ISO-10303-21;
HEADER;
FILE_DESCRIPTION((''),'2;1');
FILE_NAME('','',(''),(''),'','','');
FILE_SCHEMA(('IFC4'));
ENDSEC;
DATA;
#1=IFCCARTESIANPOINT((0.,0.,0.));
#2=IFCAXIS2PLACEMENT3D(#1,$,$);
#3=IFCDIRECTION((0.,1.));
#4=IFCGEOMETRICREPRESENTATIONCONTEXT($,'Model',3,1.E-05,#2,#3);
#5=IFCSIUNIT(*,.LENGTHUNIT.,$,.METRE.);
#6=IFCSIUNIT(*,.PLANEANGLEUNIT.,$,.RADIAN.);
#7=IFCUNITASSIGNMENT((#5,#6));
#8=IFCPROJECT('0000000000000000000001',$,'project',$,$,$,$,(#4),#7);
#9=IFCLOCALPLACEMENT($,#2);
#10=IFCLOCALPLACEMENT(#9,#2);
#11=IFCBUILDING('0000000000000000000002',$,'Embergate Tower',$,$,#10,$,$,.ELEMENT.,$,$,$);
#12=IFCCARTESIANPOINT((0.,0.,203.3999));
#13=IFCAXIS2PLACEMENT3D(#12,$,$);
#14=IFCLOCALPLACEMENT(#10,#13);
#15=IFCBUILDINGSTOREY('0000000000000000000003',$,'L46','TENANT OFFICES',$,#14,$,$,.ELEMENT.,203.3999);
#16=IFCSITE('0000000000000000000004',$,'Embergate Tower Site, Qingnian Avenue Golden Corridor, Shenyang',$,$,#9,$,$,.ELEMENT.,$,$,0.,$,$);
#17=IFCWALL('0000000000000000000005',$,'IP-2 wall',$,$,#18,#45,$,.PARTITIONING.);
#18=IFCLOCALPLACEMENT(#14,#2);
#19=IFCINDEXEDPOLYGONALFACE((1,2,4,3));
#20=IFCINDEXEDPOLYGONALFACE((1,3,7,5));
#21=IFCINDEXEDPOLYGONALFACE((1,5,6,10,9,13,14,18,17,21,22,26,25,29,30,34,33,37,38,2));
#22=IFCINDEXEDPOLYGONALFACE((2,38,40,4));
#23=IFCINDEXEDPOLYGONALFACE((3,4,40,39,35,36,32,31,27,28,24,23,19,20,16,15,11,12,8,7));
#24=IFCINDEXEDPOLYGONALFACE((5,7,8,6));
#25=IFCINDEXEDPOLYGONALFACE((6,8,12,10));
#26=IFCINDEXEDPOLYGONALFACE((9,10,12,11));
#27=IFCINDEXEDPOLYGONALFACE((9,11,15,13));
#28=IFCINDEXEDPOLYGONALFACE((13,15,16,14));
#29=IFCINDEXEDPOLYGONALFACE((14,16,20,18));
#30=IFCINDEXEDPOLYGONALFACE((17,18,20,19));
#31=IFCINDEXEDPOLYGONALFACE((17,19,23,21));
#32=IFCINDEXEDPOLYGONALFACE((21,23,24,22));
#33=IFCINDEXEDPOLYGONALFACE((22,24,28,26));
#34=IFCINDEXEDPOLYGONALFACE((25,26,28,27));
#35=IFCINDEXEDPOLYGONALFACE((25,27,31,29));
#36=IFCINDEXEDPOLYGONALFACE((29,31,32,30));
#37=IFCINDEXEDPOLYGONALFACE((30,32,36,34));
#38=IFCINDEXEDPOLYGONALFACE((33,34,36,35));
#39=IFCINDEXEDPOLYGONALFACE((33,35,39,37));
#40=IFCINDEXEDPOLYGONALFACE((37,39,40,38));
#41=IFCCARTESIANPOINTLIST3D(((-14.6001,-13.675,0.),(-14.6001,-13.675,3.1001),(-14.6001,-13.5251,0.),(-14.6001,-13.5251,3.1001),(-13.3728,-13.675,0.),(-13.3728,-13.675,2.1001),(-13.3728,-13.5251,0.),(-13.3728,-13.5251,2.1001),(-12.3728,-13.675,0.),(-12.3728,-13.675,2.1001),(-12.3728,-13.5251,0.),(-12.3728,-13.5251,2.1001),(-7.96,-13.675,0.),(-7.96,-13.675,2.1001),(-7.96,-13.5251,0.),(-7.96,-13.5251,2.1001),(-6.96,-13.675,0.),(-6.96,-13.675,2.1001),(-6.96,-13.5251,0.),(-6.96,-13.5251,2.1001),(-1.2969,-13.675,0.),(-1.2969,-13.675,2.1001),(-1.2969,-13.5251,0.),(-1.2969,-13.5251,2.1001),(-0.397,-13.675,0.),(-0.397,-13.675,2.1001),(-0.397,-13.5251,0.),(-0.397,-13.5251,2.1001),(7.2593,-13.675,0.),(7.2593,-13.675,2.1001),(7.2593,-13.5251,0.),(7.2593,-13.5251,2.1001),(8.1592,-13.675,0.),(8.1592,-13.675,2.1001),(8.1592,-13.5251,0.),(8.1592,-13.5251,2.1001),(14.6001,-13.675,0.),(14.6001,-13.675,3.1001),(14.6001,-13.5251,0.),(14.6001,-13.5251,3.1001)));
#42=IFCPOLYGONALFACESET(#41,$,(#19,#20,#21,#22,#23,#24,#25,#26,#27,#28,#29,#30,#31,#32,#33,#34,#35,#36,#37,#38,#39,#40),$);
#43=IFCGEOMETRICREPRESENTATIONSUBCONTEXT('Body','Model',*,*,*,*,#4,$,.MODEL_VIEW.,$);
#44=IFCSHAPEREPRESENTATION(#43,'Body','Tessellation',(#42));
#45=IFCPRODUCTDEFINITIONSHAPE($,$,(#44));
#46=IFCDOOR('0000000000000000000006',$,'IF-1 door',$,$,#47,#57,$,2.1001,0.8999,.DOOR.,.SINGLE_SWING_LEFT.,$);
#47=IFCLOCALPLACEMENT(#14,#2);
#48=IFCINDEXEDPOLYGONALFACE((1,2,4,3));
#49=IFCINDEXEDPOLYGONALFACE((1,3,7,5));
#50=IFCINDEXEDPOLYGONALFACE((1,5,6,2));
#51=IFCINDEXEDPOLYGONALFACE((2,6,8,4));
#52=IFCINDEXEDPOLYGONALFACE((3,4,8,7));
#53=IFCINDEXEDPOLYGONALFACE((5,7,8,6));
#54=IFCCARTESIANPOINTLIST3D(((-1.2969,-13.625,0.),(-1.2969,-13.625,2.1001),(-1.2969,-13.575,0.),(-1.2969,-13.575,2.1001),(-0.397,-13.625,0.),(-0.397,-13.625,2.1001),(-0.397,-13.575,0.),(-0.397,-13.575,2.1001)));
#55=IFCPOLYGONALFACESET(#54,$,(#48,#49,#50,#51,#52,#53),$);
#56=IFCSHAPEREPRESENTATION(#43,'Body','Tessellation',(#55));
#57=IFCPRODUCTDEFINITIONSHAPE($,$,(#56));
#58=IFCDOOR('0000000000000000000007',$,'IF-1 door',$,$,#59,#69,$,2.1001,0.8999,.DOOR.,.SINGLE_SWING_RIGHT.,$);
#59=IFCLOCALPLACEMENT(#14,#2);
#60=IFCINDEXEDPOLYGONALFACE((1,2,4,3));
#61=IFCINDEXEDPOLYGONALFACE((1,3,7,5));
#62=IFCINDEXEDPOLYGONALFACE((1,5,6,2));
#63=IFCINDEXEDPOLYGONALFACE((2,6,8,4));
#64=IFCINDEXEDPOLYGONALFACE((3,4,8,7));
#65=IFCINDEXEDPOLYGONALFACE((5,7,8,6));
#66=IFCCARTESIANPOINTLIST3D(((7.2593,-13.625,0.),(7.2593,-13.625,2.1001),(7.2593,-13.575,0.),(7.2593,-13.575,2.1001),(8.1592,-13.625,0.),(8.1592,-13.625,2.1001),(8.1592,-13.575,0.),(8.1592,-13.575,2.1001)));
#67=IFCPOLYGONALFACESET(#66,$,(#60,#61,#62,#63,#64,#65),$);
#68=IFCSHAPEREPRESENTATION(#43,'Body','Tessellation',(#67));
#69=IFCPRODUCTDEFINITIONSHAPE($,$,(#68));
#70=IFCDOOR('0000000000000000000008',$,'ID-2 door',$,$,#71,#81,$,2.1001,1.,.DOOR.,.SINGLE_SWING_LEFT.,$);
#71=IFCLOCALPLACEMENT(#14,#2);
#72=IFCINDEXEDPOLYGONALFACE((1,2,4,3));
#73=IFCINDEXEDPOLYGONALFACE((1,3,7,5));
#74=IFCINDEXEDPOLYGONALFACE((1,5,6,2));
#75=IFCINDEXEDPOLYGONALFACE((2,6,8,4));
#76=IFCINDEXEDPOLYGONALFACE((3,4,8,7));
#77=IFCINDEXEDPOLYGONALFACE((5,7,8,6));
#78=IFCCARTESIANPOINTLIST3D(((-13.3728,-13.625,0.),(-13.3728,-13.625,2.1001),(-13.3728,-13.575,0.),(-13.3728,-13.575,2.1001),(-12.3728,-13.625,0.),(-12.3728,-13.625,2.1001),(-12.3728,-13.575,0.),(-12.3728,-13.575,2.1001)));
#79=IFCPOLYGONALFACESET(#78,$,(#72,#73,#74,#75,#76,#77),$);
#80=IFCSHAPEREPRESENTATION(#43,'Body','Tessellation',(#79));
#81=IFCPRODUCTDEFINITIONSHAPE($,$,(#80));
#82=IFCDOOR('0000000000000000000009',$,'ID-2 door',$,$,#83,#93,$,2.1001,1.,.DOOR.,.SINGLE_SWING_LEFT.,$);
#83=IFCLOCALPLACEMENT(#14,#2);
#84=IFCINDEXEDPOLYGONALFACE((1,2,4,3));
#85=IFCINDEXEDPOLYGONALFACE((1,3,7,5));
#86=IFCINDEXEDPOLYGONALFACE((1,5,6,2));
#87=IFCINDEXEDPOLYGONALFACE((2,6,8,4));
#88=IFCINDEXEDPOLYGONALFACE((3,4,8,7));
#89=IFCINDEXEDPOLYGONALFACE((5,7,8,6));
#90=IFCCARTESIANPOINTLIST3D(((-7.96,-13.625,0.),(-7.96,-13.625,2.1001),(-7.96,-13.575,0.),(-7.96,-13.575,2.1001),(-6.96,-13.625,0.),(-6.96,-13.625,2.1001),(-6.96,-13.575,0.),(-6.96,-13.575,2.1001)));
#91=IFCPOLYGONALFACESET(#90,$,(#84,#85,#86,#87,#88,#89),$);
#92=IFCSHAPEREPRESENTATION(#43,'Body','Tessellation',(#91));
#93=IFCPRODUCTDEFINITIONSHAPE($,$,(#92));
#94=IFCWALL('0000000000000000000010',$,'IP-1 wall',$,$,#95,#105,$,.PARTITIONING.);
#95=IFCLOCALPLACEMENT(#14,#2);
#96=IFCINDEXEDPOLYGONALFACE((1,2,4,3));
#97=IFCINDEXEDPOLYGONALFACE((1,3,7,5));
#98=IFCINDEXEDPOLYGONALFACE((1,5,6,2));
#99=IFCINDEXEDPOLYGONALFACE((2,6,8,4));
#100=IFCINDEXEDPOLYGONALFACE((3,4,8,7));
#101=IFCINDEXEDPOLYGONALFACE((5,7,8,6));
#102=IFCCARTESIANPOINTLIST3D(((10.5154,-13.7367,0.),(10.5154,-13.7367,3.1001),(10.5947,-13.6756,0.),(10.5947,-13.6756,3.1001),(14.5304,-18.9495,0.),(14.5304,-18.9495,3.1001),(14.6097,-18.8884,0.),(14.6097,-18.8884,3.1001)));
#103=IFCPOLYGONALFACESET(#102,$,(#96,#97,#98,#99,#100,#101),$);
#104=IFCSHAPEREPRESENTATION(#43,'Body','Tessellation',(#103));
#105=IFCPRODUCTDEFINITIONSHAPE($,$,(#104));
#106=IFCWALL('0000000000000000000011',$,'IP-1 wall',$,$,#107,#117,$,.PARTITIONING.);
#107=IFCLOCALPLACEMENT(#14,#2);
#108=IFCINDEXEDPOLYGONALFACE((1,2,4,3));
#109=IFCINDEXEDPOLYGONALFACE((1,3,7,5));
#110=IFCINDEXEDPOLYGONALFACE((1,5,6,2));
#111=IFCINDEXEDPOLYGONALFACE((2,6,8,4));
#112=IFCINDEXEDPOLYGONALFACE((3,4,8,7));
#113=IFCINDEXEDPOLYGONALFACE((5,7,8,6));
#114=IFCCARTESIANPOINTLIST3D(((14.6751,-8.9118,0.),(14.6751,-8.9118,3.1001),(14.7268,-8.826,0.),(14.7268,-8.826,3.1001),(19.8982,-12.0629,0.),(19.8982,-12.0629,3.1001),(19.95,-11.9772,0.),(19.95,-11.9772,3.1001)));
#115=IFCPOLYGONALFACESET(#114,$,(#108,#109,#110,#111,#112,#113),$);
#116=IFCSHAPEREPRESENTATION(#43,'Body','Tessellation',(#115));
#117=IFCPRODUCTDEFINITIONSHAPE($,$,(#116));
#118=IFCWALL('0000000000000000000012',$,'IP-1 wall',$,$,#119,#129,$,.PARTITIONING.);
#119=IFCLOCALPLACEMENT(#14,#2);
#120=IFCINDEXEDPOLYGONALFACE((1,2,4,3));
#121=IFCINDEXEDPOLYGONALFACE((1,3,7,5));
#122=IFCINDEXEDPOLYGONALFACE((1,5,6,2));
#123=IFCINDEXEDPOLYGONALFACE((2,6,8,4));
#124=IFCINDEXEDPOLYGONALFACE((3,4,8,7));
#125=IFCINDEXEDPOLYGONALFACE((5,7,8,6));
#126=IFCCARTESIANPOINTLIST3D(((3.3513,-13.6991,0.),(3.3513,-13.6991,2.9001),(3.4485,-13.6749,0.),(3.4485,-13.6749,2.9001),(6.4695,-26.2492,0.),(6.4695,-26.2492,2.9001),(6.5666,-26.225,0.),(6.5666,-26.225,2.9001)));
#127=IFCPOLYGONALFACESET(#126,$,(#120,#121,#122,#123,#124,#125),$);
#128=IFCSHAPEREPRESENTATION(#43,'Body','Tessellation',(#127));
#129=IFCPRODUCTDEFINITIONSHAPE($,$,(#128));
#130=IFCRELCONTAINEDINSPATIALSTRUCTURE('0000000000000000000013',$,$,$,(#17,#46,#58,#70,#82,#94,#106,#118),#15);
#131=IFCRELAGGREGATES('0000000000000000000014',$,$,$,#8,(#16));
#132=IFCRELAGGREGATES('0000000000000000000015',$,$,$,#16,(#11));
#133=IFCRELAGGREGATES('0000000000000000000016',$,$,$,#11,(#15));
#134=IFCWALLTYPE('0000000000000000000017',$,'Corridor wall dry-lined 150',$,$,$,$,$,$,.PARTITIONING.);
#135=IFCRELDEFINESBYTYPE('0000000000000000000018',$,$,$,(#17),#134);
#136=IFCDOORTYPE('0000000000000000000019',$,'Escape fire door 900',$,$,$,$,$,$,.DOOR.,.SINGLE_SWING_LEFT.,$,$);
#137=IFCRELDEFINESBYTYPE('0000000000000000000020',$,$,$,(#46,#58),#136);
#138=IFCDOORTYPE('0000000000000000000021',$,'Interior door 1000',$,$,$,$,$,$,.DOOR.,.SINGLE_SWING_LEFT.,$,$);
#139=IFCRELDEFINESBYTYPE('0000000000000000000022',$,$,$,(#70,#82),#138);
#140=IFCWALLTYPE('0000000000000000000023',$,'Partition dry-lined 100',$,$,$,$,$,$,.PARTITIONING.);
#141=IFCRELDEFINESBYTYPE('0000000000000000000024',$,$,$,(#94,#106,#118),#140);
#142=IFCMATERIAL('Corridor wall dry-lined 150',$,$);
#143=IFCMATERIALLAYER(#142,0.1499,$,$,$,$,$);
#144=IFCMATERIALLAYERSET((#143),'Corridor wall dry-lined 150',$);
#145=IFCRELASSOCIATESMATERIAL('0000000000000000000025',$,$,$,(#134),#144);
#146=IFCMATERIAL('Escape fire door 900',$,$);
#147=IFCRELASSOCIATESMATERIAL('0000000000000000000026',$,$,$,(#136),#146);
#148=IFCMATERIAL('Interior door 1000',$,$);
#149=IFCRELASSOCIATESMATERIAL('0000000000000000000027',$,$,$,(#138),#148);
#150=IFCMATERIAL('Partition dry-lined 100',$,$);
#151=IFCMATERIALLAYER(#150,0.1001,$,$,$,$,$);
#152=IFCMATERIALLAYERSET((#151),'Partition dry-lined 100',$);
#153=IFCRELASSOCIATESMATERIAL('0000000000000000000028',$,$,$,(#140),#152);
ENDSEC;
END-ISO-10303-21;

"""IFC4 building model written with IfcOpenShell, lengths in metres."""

from ifc_helpers import new_model, si_unit, direction, frame, frame_2d, origin, place, context, subcontext, project, spatial, rectangle, extrude, source, transform, mapped, material, layer, layer_set, type_object, element, fill, save


model = new_model("IFC4")

# Units and contexts
model_context = context("Model", 3, precision=1e-05, world=origin(), true_north=direction((0.0, 1.0)))
body_context = subcontext(model_context, "Body", "Model", "MODEL_VIEW")
ifc_project = project(units=[si_unit("LENGTHUNIT", "METRE"), si_unit("PLANEANGLEUNIT", "RADIAN")], contexts=[model_context])

# Site, building, storey
site_placement = place(None, origin())
site = spatial("IfcSite", under=ifc_project, at=site_placement, Name="Embergate Tower Site, Qingnian Avenue Golden Corridor, Shenyang", CompositionType="ELEMENT", RefElevation=0.0)
building_placement = place(site_placement, origin())
building = spatial("IfcBuilding", under=site, at=building_placement, Name="Embergate Tower", CompositionType="ELEMENT")
storey_placement = place(building_placement, frame((0.0, 0.0, 203.3999)))
storey = spatial("IfcBuildingStorey", under=building, at=storey_placement, Name="L46", Description="TENANT OFFICES", CompositionType="ELEMENT", Elevation=203.3999)

# Shared definitions
shared_shape_1 = source(origin(), body_context, "Body", "SweptSolid", [
    extrude(rectangle(XDim=1.0, YDim=2.1001, at=frame_2d((0.5, 1.05))), frame((0.0, 0.0249, 0.0), z_axis=(0.0, -1.0, 0.0), x_axis=(1.0, 0.0, 0.0)), (0.0, 0.0, 1.0), 0.05),
])

# Wall, openings, doors
ifc_material_1 = material(Name="Corridor wall dry-lined 150")
ifc_layer_1 = layer(ifc_material_1, 0.1499)
ifc_layer_set_1 = layer_set([ifc_layer_1], Name="Corridor wall dry-lined 150")
wall_type_1 = type_object("IfcWallType", Name="Corridor wall dry-lined 150", PredefinedType="PARTITIONING", material=ifc_layer_set_1)
shared_shape_2 = source(origin(), body_context, "Body", "SweptSolid", [
    extrude(rectangle(XDim=29.2002, YDim=0.1499, at=frame_2d((14.6001, 0.0))), origin(), (0.0, 0.0, 1.0), 3.1001),
])
wall_1_placement = place(storey_placement, frame((14.6001, -13.6001, 0.0), z_axis=(0.0, 0.0, 1.0), x_axis=(-1.0, 0.0, 0.0)))
wall_1 = element("IfcWall", 1, at=wall_1_placement, inside=storey, type_object=wall_type_1, Name="IP-2 wall", PredefinedType="PARTITIONING", context=body_context, shape_type="MappedRepresentation", body=[
    mapped(shared_shape_2, transform((0.0, 0.0, 0.0))),
])
shared_shape_3 = source(origin(), body_context, "Body", "SweptSolid", [
    extrude(rectangle(XDim=1.0, YDim=2.1001, at=frame_2d((0.5, 1.05))), frame((0.0, 0.085, 0.0), z_axis=(0.0, -1.0, 0.0), x_axis=(1.0, 0.0, 0.0)), (0.0, 0.0, 1.0), 0.1699),
])
opening_1_placement = place(wall_1_placement, frame((26.9729, 0.0, 0.0)))
opening_1 = element("IfcOpeningElement", 2, at=opening_1_placement, cuts=wall_1, PredefinedType="OPENING", context=body_context, shape_type="MappedRepresentation", body=[
    mapped(shared_shape_3, transform((0.0, 0.0, 0.0))),
])
opening_2_placement = place(wall_1_placement, frame((21.5601, 0.0, 0.0)))
opening_2 = element("IfcOpeningElement", 3, at=opening_2_placement, cuts=wall_1, PredefinedType="OPENING", context=body_context, shape_type="MappedRepresentation", body=[
    mapped(shared_shape_3, transform((0.0, 0.0, 0.0))),
])
shared_shape_4 = source(origin(), body_context, "Body", "SweptSolid", [
    extrude(rectangle(XDim=0.8999, YDim=2.1001, at=frame_2d((0.45, 1.05))), frame((0.0, 0.085, 0.0), z_axis=(0.0, -1.0, 0.0), x_axis=(1.0, 0.0, 0.0)), (0.0, 0.0, 1.0), 0.1699),
])
opening_3_placement = place(wall_1_placement, frame((14.9971, 0.0, 0.0)))
opening_3 = element("IfcOpeningElement", 4, at=opening_3_placement, cuts=wall_1, PredefinedType="OPENING", context=body_context, shape_type="MappedRepresentation", body=[
    mapped(shared_shape_4, transform((0.0, 0.0, 0.0))),
])
opening_4_placement = place(wall_1_placement, frame((6.4409, 0.0, 0.0)))
opening_4 = element("IfcOpeningElement", 5, at=opening_4_placement, cuts=wall_1, PredefinedType="OPENING", context=body_context, shape_type="MappedRepresentation", body=[
    mapped(shared_shape_4, transform((0.0, 0.0, 0.0))),
])
ifc_material_2 = material(Name="Escape fire door 900")
door_type_1 = type_object("IfcDoorType", Name="Escape fire door 900", OperationType="SINGLE_SWING_LEFT", PredefinedType="DOOR", material=ifc_material_2)
shared_shape_5 = source(origin(), body_context, "Body", "SweptSolid", [
    extrude(rectangle(XDim=0.8999, YDim=2.1001, at=frame_2d((0.45, 1.05))), frame((0.0, 0.0249, 0.0), z_axis=(0.0, -1.0, 0.0), x_axis=(1.0, 0.0, 0.0)), (0.0, 0.0, 1.0), 0.05),
])
door_1_placement = place(opening_3_placement, origin())
door_1 = element("IfcDoor", 6, at=door_1_placement, inside=storey, type_object=door_type_1, Name="IF-1 door", OperationType="SINGLE_SWING_LEFT", OverallHeight=2.1001, OverallWidth=0.8999, PredefinedType="DOOR", context=body_context, shape_type="MappedRepresentation", body=[
    mapped(shared_shape_5, transform((0.0, 0.0, 0.0))),
])
fill(opening_3, door_1)
door_2_placement = place(opening_4_placement, origin())
door_2 = element("IfcDoor", 7, at=door_2_placement, inside=storey, type_object=door_type_1, Name="IF-1 door", OperationType="SINGLE_SWING_RIGHT", OverallHeight=2.1001, OverallWidth=0.8999, PredefinedType="DOOR", context=body_context, shape_type="MappedRepresentation", body=[
    mapped(shared_shape_5, transform((0.0, 0.0, 0.0))),
])
fill(opening_4, door_2)
ifc_material_3 = material(Name="Interior door 1000")
door_type_2 = type_object("IfcDoorType", Name="Interior door 1000", OperationType="SINGLE_SWING_LEFT", PredefinedType="DOOR", material=ifc_material_3)
door_3_placement = place(opening_1_placement, origin())
door_3 = element("IfcDoor", 8, at=door_3_placement, inside=storey, type_object=door_type_2, Name="ID-2 door", OperationType="SINGLE_SWING_LEFT", OverallHeight=2.1001, OverallWidth=1.0, PredefinedType="DOOR", context=body_context, shape_type="MappedRepresentation", body=[
    mapped(shared_shape_1, transform((0.0, 0.0, 0.0))),
])
fill(opening_1, door_3)
door_4_placement = place(opening_2_placement, origin())
door_4 = element("IfcDoor", 9, at=door_4_placement, inside=storey, type_object=door_type_2, Name="ID-2 door", OperationType="SINGLE_SWING_LEFT", OverallHeight=2.1001, OverallWidth=1.0, PredefinedType="DOOR", context=body_context, shape_type="MappedRepresentation", body=[
    mapped(shared_shape_1, transform((0.0, 0.0, 0.0))),
])
fill(opening_2, door_4)

# Walls
ifc_material_4 = material(Name="Partition dry-lined 100")
ifc_layer_2 = layer(ifc_material_4, 0.1001)
ifc_layer_set_2 = layer_set([ifc_layer_2], Name="Partition dry-lined 100")
wall_type_2 = type_object("IfcWallType", Name="Partition dry-lined 100", PredefinedType="PARTITIONING", material=ifc_layer_set_2)
shared_shape_6 = source(origin(), body_context, "Body", "SweptSolid", [
    extrude(rectangle(XDim=6.5798, YDim=0.1001, at=frame_2d((3.29, 0.0))), origin(), (0.0, 0.0, 1.0), 3.1001),
])
wall_2_placement = place(storey_placement, frame((10.5549, -13.7061, 0.0), z_axis=(0.0, 0.0, 1.0), x_axis=(0.610209, -0.79224, 0.0)))
element("IfcWall", 10, at=wall_2_placement, inside=storey, type_object=wall_type_2, Name="IP-1 wall", PredefinedType="PARTITIONING", context=body_context, shape_type="MappedRepresentation", body=[
    mapped(shared_shape_6, transform((0.0, 0.0, 0.0))),
])
shared_shape_7 = source(origin(), body_context, "Body", "SweptSolid", [
    extrude(rectangle(XDim=6.1001, YDim=0.1001, at=frame_2d((3.05, 0.0))), origin(), (0.0, 0.0, 1.0), 3.1001),
])
wall_3_placement = place(storey_placement, frame((14.7009, -8.8689, 0.0), z_axis=(0.0, 0.0, 1.0), x_axis=(0.856244, -0.516572, 0.0)))
element("IfcWall", 11, at=wall_3_placement, inside=storey, type_object=wall_type_2, Name="IP-1 wall", PredefinedType="PARTITIONING", context=body_context, shape_type="MappedRepresentation", body=[
    mapped(shared_shape_7, transform((0.0, 0.0, 0.0))),
])
shared_shape_8 = source(origin(), body_context, "Body", "SweptSolid", [
    extrude(rectangle(XDim=12.9316, YDim=0.1001, at=frame_2d((6.4658, 0.0))), origin(), (0.0, 0.0, 1.0), 2.9001),
])
wall_4_placement = place(storey_placement, frame((3.3999, -13.687, 0.0), z_axis=(0.0, 0.0, 1.0), x_axis=(0.241127, -0.970494, 0.0)))
element("IfcWall", 12, at=wall_4_placement, inside=storey, type_object=wall_type_2, Name="IP-1 wall", PredefinedType="PARTITIONING", context=body_context, shape_type="MappedRepresentation", body=[
    mapped(shared_shape_8, transform((0.0, 0.0, 0.0))),
])

save(model, "model.ifc")
